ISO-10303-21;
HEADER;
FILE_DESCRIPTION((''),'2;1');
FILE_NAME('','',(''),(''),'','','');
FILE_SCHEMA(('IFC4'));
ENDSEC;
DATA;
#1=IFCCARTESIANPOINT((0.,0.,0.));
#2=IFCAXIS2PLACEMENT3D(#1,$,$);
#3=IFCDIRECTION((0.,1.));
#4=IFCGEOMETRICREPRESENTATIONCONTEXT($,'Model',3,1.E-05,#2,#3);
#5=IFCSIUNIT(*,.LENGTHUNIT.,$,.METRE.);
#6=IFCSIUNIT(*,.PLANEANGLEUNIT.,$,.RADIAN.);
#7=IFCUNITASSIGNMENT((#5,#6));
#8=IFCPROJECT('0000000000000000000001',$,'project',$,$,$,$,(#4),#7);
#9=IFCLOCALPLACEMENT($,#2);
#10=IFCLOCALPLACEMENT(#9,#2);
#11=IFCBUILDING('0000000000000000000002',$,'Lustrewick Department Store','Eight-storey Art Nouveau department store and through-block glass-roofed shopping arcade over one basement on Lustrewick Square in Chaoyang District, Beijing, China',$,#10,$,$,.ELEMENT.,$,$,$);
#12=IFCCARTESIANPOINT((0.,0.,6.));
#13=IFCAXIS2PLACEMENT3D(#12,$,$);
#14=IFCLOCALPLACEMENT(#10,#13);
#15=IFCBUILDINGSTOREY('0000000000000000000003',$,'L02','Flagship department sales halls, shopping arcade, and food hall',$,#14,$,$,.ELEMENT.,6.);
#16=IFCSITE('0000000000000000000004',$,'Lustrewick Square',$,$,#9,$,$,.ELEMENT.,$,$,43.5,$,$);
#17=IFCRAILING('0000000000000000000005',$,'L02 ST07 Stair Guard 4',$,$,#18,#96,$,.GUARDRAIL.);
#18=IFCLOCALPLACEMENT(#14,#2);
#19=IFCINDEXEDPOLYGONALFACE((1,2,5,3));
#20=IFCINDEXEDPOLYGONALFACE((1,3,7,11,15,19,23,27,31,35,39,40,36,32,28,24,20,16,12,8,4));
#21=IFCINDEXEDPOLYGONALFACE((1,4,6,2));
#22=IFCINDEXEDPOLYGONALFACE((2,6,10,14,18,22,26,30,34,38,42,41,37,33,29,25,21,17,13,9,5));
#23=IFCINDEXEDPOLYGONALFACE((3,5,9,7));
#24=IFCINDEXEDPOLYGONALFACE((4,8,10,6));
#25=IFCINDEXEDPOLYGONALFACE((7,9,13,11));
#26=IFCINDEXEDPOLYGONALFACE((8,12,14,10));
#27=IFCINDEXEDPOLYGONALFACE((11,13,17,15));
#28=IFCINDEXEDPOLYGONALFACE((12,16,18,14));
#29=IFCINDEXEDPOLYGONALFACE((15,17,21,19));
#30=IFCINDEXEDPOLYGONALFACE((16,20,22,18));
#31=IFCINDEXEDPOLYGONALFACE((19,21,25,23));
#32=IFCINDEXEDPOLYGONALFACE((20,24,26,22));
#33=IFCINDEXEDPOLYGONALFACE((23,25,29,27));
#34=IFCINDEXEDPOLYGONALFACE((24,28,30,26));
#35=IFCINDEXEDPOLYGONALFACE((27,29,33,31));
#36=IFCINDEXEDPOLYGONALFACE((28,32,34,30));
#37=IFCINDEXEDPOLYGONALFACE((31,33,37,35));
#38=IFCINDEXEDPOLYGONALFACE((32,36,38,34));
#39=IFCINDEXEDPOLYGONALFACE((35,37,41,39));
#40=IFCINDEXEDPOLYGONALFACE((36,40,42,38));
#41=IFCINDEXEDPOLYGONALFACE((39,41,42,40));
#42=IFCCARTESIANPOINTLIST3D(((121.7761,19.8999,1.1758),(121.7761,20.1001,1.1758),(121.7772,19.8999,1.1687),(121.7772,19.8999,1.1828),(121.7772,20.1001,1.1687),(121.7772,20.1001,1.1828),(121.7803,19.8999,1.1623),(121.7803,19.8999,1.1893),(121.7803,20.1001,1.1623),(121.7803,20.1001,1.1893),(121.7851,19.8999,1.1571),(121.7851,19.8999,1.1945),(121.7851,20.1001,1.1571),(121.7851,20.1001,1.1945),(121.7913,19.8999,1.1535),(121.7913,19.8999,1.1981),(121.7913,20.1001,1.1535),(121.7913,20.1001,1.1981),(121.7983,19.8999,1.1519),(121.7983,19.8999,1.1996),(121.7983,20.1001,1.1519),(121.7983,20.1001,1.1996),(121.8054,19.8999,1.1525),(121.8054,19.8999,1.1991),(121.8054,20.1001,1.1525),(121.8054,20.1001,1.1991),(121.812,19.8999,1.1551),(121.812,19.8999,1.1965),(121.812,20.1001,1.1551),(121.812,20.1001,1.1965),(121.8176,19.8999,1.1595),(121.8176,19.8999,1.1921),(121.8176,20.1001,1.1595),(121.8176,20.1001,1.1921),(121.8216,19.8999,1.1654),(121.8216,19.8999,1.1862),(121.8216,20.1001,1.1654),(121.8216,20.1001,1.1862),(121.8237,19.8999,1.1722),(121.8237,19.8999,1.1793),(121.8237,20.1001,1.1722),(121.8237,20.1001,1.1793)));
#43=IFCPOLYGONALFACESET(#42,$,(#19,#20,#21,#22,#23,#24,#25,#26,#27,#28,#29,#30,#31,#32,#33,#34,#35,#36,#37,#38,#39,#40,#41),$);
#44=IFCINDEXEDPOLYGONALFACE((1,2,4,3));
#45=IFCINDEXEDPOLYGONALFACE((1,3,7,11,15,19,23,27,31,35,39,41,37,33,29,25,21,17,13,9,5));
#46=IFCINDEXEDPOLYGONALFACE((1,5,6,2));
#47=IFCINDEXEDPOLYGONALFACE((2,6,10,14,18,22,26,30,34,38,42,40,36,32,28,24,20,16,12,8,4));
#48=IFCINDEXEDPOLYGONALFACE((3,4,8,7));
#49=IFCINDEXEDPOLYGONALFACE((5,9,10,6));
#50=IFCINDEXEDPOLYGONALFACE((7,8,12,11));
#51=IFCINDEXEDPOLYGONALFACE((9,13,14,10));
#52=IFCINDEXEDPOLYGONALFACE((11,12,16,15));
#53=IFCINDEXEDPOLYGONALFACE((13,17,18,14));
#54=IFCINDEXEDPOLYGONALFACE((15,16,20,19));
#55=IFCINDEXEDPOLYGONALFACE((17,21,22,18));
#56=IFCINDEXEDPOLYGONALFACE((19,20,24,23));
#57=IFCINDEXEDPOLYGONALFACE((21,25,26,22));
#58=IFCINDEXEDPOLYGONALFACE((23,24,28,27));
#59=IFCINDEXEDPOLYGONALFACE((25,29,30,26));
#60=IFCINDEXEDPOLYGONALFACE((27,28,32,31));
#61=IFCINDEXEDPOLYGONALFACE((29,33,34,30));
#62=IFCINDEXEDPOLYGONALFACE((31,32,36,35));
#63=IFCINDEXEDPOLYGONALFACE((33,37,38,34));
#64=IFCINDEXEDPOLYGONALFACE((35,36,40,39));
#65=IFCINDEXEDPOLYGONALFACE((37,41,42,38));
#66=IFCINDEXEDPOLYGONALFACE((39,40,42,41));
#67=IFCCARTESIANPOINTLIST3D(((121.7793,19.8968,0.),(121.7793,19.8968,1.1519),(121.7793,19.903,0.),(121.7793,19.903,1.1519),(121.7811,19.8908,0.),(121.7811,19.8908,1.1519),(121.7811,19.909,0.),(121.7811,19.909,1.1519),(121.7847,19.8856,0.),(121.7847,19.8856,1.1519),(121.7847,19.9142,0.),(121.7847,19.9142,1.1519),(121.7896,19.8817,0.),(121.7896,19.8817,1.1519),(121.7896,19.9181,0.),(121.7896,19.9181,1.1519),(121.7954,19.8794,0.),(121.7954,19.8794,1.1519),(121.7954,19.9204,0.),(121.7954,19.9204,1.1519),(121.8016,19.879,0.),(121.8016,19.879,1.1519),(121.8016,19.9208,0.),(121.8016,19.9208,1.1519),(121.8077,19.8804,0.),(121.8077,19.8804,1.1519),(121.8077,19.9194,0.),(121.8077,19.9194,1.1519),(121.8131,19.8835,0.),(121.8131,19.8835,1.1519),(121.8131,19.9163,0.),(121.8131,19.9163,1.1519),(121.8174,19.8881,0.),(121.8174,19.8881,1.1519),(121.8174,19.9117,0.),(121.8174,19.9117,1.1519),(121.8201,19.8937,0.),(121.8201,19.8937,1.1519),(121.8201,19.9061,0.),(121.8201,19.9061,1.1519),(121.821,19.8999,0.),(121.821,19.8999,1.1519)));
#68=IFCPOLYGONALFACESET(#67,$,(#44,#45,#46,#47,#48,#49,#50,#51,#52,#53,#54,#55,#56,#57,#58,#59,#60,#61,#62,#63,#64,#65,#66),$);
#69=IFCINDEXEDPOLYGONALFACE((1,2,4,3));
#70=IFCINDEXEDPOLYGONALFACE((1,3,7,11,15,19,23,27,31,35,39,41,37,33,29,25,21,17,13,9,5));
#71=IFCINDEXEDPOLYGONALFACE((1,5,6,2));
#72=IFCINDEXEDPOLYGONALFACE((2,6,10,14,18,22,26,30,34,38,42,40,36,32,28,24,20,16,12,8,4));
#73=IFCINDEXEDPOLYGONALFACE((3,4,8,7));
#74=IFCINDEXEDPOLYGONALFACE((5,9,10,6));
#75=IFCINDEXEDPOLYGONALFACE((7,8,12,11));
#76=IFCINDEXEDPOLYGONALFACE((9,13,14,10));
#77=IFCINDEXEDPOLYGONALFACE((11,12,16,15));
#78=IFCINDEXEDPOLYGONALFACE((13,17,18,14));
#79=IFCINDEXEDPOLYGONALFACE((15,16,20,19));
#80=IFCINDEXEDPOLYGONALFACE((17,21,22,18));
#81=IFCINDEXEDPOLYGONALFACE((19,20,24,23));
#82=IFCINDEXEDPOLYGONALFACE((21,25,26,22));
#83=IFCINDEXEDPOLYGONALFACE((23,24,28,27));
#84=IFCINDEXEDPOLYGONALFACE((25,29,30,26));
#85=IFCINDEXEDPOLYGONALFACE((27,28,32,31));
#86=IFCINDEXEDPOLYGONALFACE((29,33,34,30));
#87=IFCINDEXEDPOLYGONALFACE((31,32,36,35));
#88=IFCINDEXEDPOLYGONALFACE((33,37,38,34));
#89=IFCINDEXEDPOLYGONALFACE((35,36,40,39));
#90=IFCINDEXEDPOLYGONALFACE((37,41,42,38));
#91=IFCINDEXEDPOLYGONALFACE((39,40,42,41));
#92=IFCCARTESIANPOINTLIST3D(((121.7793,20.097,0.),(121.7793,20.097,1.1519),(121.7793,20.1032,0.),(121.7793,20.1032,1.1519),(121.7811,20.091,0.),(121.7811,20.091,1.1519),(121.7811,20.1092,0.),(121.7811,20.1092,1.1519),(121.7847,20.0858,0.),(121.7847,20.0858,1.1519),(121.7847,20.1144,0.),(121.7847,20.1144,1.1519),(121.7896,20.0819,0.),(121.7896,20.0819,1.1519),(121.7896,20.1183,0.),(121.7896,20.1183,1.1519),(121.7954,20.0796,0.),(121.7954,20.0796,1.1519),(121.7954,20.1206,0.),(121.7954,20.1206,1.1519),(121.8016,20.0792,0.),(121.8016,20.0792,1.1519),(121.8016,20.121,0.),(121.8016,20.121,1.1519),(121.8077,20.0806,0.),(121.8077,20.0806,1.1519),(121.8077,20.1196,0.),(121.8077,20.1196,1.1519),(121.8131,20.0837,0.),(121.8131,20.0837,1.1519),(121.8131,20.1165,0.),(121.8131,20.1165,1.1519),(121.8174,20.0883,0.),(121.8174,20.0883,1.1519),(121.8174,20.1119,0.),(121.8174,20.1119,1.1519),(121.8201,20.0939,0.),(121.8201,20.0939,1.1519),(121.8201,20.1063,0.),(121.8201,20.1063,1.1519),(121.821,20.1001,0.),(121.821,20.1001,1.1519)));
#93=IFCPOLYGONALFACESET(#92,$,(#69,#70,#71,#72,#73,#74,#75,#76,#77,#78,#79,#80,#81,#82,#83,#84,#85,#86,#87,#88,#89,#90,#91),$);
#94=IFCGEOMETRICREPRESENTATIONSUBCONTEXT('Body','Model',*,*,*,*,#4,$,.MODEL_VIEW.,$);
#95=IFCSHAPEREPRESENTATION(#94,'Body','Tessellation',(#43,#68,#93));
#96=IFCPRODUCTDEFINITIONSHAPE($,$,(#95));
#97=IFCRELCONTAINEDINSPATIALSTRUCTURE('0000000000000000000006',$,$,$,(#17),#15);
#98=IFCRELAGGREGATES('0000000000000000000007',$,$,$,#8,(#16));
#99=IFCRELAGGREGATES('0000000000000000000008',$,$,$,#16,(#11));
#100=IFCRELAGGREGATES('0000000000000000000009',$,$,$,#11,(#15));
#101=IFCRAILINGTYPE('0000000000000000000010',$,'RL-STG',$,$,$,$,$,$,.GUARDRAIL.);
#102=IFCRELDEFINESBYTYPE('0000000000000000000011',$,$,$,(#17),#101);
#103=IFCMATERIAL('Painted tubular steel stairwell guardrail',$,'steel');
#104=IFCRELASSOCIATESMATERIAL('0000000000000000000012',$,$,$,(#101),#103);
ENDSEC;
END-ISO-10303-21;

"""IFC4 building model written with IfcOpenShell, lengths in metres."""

from ifc_helpers import new_model, si_unit, direction, frame, origin, origin_2d, place, context, subcontext, project, spatial, circle, extrude, material, type_object, element, save


model = new_model("IFC4")

# Units and contexts
model_context = context("Model", 3, precision=1e-05, world=origin(), true_north=direction((0.0, 1.0)))
body_context = subcontext(model_context, "Body", "Model", "MODEL_VIEW")
ifc_project = project(units=[si_unit("LENGTHUNIT", "METRE"), si_unit("PLANEANGLEUNIT", "RADIAN")], contexts=[model_context])

# Site, building, storey
site_placement = place(None, origin())
site = spatial("IfcSite", under=ifc_project, at=site_placement, Name="Lustrewick Square", CompositionType="ELEMENT", RefElevation=43.5)
building_placement = place(site_placement, origin())
building = spatial("IfcBuilding", under=site, at=building_placement, Name="Lustrewick Department Store", Description="Eight-storey Art Nouveau department store and through-block glass-roofed shopping arcade over one basement on Lustrewick Square in Chaoyang District, Beijing, China", CompositionType="ELEMENT")
storey_placement = place(building_placement, frame((0.0, 0.0, 6.0)))
storey = spatial("IfcBuildingStorey", under=building, at=storey_placement, Name="L02", Description="Flagship department sales halls, shopping arcade, and food hall", CompositionType="ELEMENT", Elevation=6.0)

# Railing
ifc_material_1 = material(Name="Painted tubular steel stairwell guardrail", Category="steel")
railing_type_1 = type_object("IfcRailingType", Name="RL-STG", PredefinedType="GUARDRAIL", material=ifc_material_1)
railing_1_placement = place(storey_placement, frame((121.8, 19.8999, 0.0)))
element("IfcRailing", 1, at=railing_1_placement, inside=storey, type_object=railing_type_1, Name="L02 ST07 Stair Guard 4", PredefinedType="GUARDRAIL", context=body_context, shape_type="SweptSolid", body=[
    extrude(circle(Radius=0.0239, at=origin_2d()), frame((0.0, 0.0, 1.1758), z_axis=(0.0, 1.0, 0.0), x_axis=(-1.0, 0.0, 0.0)), (0.0, 0.0, 1.0), 0.2002),
    extrude(circle(Radius=0.021, at=origin_2d()), origin(), (0.0, 0.0, 1.0), 1.1519),
    extrude(circle(Radius=0.021, at=origin_2d()), frame((0.0, 0.2002, 0.0)), (0.0, 0.0, 1.0), 1.1519),
])

save(model, "model.ifc")
